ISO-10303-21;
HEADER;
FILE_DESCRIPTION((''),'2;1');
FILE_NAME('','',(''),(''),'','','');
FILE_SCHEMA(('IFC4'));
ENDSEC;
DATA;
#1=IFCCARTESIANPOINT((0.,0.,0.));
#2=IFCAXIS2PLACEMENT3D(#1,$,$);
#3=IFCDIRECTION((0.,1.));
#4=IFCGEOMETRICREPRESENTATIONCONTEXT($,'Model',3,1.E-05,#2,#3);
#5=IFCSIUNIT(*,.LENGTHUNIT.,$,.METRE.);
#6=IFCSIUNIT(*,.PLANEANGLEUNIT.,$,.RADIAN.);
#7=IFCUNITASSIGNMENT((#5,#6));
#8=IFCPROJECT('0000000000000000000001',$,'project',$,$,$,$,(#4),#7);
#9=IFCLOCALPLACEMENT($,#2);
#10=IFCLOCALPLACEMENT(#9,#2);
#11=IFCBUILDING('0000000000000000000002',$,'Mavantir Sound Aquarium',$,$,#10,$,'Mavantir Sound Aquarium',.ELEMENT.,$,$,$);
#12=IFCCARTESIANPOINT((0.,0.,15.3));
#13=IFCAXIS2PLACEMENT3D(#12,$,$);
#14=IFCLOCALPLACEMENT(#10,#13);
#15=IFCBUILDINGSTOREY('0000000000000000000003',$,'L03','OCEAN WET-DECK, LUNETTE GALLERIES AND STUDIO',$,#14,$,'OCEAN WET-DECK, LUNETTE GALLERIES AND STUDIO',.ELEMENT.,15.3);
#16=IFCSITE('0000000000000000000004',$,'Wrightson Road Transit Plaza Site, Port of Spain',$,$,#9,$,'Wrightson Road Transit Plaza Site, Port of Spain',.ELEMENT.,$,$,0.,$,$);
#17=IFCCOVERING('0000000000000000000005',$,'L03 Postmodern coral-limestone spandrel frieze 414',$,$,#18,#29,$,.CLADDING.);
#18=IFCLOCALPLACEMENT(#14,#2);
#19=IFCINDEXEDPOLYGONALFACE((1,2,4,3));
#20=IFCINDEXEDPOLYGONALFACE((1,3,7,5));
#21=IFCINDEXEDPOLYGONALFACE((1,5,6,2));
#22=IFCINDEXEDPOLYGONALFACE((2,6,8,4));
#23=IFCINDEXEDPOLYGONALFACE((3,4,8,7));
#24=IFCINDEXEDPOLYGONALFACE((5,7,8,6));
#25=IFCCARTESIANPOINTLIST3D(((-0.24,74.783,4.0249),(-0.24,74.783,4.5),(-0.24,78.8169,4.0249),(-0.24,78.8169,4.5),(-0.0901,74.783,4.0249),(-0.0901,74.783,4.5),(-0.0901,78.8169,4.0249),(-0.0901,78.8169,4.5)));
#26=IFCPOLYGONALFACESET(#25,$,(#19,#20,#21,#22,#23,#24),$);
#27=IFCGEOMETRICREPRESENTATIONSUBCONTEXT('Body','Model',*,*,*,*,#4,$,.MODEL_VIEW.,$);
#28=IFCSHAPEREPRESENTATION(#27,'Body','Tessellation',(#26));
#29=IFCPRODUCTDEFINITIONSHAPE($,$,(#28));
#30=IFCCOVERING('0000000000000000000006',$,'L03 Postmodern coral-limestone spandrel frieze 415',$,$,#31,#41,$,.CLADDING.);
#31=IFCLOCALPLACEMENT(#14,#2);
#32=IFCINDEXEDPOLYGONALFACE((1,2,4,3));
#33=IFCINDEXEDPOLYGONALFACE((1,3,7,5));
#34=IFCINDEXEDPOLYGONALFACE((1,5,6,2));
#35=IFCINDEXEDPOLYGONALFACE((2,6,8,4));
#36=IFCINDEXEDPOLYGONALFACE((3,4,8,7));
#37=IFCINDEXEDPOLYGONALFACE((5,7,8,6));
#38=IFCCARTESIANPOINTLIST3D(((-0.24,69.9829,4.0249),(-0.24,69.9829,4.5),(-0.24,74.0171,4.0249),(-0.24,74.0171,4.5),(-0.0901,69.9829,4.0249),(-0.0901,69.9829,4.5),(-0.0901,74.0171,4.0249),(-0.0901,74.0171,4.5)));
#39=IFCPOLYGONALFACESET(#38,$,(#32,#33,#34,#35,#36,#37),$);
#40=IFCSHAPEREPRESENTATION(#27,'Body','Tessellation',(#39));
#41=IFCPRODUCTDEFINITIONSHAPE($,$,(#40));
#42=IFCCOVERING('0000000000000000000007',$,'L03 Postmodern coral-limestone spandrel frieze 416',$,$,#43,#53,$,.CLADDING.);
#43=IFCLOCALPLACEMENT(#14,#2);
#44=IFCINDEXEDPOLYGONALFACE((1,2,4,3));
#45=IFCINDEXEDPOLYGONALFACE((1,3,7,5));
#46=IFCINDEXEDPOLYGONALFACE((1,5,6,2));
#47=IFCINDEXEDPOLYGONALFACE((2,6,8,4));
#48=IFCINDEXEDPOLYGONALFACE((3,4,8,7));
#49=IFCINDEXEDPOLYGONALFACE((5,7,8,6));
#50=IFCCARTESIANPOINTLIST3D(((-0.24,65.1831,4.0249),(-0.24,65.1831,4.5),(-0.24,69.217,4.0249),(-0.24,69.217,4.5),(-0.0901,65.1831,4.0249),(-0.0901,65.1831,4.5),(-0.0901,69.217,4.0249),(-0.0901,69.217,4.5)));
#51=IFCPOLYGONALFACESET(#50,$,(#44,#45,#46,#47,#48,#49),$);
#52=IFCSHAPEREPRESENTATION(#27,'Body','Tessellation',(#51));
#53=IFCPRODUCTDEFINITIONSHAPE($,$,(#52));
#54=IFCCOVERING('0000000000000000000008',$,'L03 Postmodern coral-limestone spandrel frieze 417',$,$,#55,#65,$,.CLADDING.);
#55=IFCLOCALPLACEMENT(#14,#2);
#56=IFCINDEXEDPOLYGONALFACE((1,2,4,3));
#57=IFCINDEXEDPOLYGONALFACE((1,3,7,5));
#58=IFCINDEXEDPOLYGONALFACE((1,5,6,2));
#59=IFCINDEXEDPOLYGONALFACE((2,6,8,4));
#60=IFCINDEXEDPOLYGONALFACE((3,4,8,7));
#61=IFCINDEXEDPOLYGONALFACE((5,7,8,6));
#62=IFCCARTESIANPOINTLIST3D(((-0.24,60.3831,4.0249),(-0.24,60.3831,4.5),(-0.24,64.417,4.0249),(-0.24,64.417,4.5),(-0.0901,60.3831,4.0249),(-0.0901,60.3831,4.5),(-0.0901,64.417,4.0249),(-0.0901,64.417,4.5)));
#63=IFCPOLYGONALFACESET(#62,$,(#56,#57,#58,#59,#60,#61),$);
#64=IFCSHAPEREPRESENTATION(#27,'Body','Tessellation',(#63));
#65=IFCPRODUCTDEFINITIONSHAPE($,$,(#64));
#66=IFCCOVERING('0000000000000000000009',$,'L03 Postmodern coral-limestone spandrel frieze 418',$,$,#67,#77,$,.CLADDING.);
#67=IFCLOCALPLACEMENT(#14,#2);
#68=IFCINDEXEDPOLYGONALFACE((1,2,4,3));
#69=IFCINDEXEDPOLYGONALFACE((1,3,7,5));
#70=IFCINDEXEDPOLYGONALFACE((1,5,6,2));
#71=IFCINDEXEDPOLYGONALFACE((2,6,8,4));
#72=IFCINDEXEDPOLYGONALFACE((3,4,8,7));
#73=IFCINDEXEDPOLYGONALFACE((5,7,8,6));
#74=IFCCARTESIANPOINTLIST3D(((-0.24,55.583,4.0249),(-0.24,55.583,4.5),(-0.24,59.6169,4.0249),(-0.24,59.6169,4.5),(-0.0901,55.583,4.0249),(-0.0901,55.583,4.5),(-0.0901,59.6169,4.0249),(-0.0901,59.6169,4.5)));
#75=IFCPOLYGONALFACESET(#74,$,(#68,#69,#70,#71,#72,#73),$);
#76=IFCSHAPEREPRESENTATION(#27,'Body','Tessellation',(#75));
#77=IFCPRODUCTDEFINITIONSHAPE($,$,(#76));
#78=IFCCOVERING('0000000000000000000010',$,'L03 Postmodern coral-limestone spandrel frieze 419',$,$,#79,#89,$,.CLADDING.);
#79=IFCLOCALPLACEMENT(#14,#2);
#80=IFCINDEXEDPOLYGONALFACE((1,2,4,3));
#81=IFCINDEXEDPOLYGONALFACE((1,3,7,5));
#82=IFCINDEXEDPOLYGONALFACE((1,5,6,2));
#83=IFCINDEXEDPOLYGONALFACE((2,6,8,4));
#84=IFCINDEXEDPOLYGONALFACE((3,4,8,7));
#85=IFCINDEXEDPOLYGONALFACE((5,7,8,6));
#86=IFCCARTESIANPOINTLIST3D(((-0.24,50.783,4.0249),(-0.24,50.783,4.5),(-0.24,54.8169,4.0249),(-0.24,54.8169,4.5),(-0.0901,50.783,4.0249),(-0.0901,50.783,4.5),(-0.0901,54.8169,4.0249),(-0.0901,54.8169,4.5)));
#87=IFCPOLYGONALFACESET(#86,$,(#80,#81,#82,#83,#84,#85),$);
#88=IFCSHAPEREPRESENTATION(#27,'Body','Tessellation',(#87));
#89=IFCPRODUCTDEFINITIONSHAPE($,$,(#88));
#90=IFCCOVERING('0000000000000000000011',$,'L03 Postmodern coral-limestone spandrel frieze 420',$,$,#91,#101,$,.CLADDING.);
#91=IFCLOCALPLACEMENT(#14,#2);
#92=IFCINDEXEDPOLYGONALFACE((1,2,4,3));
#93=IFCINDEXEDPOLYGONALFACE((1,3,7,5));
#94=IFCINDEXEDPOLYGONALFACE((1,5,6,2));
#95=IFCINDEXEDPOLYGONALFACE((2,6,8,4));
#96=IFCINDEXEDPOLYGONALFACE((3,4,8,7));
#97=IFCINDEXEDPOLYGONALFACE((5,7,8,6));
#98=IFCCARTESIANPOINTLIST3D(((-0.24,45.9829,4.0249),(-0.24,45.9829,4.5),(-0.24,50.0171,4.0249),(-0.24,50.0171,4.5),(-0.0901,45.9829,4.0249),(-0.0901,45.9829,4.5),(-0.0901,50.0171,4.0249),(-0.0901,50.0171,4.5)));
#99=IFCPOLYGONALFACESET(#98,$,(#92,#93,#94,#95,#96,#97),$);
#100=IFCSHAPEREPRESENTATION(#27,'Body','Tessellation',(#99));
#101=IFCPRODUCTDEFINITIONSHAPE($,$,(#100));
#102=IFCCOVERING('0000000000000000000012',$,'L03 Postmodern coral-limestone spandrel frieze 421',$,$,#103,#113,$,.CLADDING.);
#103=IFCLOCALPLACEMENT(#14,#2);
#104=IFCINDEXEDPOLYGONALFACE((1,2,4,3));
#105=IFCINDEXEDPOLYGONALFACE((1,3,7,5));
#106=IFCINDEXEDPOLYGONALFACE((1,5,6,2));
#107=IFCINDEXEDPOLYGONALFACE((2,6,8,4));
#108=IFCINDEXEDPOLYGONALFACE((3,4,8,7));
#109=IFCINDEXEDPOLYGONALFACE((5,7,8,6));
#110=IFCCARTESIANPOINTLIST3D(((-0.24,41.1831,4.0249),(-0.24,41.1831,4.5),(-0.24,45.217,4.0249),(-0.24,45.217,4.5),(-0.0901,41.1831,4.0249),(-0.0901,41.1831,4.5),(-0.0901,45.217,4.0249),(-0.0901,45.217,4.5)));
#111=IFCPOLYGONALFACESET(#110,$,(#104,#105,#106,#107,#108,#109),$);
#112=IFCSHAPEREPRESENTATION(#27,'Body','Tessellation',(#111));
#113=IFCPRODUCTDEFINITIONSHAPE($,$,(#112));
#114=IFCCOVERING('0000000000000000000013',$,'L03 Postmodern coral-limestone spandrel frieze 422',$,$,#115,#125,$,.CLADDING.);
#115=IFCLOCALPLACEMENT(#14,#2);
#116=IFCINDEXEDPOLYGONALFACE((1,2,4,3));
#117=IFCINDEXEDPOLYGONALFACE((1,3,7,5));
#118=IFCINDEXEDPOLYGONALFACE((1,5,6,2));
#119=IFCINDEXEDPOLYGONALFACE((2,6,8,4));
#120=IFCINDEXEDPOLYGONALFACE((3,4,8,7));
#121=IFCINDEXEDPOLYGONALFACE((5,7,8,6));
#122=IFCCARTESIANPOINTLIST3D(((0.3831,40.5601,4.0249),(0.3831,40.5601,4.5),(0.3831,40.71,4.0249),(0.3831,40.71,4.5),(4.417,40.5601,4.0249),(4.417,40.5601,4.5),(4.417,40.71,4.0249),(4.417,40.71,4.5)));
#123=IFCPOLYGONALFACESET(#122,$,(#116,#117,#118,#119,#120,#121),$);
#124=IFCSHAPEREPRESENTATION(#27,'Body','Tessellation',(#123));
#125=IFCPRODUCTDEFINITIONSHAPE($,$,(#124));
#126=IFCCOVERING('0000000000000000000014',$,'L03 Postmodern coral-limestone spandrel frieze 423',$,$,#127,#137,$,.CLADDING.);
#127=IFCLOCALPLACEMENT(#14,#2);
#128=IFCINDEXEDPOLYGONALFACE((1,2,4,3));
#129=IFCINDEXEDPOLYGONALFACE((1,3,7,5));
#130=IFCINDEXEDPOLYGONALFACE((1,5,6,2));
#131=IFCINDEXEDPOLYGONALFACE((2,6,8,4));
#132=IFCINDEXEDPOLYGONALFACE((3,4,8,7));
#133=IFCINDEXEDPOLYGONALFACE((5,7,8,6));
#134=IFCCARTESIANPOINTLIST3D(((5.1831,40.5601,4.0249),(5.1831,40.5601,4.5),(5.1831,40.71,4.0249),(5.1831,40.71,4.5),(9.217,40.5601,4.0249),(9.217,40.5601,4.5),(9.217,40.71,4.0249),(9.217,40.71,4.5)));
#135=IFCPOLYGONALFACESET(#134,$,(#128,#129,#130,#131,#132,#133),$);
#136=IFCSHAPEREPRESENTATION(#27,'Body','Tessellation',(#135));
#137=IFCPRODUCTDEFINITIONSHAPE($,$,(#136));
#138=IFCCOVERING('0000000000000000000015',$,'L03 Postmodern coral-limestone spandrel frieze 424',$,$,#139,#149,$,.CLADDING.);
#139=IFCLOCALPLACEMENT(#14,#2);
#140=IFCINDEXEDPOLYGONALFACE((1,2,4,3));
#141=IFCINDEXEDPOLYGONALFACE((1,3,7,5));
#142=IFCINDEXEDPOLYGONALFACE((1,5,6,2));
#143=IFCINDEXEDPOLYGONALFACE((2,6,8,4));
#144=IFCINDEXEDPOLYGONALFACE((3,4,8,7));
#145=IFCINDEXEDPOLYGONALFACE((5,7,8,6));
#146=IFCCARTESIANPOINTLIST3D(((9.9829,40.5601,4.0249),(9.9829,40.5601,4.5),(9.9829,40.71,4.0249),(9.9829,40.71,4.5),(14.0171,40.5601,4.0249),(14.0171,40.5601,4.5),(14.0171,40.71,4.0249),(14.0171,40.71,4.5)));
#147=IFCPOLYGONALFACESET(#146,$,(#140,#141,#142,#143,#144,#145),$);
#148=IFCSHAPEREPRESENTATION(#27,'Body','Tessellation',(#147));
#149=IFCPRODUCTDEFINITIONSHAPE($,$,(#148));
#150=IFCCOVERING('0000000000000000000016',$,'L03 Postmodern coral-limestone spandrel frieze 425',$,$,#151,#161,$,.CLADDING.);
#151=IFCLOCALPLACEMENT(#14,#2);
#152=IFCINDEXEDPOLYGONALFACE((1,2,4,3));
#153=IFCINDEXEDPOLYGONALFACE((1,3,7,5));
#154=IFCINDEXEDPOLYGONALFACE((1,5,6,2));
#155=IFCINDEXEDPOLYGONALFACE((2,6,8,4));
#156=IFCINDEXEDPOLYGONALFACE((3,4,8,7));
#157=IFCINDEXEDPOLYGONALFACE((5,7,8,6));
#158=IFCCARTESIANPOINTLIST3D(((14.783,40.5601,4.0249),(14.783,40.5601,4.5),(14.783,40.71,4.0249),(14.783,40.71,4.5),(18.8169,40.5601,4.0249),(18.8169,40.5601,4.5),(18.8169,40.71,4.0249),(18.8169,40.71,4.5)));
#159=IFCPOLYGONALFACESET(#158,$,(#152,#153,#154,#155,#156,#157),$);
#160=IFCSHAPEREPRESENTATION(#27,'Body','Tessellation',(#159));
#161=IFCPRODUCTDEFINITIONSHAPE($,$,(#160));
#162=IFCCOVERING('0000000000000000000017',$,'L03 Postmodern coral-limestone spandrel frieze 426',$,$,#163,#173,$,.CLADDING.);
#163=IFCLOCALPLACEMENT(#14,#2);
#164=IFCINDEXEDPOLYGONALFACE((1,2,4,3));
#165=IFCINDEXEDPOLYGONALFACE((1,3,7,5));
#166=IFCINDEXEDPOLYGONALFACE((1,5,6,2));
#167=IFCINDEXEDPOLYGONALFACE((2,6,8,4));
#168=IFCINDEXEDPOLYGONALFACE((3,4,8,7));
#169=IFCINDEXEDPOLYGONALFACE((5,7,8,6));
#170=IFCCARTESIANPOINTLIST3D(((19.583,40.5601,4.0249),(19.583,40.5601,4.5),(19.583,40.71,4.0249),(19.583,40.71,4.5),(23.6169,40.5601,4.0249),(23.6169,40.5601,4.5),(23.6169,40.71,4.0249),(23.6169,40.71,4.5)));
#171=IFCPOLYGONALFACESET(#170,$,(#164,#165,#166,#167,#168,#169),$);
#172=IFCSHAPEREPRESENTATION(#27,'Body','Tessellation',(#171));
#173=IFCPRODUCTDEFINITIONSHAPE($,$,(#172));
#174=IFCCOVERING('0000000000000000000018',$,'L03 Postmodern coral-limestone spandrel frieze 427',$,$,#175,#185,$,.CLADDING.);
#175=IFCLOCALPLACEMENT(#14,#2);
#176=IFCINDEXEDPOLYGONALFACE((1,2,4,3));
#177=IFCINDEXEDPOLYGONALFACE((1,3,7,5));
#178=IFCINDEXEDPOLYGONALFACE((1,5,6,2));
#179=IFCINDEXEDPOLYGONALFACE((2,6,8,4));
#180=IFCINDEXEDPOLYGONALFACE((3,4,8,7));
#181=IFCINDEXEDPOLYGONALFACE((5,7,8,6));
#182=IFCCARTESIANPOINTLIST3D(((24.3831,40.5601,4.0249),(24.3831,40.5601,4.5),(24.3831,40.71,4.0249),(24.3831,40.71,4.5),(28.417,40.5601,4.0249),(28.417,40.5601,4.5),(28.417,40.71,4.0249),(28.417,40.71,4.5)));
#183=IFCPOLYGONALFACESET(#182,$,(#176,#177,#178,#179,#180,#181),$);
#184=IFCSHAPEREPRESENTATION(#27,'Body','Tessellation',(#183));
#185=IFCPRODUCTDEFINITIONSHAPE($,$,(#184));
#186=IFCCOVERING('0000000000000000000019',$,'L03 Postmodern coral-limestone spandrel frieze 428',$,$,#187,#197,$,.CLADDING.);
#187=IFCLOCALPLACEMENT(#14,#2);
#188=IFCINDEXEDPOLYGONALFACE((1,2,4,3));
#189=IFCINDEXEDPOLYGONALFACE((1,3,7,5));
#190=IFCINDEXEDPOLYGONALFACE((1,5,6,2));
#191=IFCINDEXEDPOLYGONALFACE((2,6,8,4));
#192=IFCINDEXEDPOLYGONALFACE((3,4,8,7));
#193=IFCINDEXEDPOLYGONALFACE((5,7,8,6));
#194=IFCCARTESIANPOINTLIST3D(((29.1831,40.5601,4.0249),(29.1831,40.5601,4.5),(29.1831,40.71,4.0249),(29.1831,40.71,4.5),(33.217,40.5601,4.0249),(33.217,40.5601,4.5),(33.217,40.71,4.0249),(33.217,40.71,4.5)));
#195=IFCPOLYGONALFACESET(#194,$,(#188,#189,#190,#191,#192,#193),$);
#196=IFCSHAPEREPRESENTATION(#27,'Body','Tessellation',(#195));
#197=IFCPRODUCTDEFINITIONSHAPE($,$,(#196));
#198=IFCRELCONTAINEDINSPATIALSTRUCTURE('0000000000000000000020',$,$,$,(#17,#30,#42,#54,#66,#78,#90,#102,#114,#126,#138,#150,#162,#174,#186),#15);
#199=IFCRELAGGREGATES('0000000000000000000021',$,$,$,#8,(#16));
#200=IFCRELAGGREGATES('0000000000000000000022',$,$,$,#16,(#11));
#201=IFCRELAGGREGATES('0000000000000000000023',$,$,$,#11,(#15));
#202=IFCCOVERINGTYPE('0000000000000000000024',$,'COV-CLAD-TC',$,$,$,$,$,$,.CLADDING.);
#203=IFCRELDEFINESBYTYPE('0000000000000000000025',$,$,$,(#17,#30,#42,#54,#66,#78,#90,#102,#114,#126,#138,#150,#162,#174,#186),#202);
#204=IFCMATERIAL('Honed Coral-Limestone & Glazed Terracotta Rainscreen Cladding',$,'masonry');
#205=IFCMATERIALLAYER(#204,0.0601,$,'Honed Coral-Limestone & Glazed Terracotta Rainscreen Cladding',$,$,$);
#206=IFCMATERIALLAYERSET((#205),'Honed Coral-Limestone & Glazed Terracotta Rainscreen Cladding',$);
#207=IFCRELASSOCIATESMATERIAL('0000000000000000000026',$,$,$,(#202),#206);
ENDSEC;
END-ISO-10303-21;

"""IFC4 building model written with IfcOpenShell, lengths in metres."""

from ifc_helpers import new_model, si_unit, direction, frame, origin, place, context, subcontext, project, spatial, polyline, outline, extrude, material, layer, layer_set, type_object, element, save


model = new_model("IFC4")

# Units and contexts
model_context = context("Model", 3, precision=1e-05, world=origin(), true_north=direction((0.0, 1.0)))
body_context = subcontext(model_context, "Body", "Model", "MODEL_VIEW")
ifc_project = project(units=[si_unit("LENGTHUNIT", "METRE"), si_unit("PLANEANGLEUNIT", "RADIAN")], contexts=[model_context])

# Site, building, storey
site_placement = place(None, origin())
site = spatial("IfcSite", under=ifc_project, at=site_placement, Name="Wrightson Road Transit Plaza Site, Port of Spain", LongName="Wrightson Road Transit Plaza Site, Port of Spain", CompositionType="ELEMENT", RefElevation=0.0)
building_placement = place(site_placement, origin())
building = spatial("IfcBuilding", under=site, at=building_placement, Name="Mavantir Sound Aquarium", LongName="Mavantir Sound Aquarium", CompositionType="ELEMENT")
storey_placement = place(building_placement, frame((0.0, 0.0, 15.3)))
storey = spatial("IfcBuildingStorey", under=building, at=storey_placement, Name="L03", Description="OCEAN WET-DECK, LUNETTE GALLERIES AND STUDIO", LongName="OCEAN WET-DECK, LUNETTE GALLERIES AND STUDIO", CompositionType="ELEMENT", Elevation=15.3)

# Coverings
ifc_material = material(Name="Honed Coral-Limestone & Glazed Terracotta Rainscreen Cladding", Category="masonry")
ifc_layer = layer(ifc_material, 0.0601, Name="Honed Coral-Limestone & Glazed Terracotta Rainscreen Cladding")
ifc_layer_set = layer_set([ifc_layer], Name="Honed Coral-Limestone & Glazed Terracotta Rainscreen Cladding")
covering_type = type_object("IfcCoveringType", Name="COV-CLAD-TC", PredefinedType="CLADDING", material=ifc_layer_set)
covering_1_placement = place(storey_placement, frame((0.0, 0.0, 4.0249)))
element("IfcCovering", 1, at=covering_1_placement, inside=storey, type_object=covering_type, Name="L03 Postmodern coral-limestone spandrel frieze 414", PredefinedType="CLADDING", context=body_context, shape_type="SweptSolid", body=[
    extrude(outline(polyline([(-0.0901, 78.8169), (-0.0901, 74.783), (-0.24, 74.783), (-0.24, 78.8169), (-0.0901, 78.8169)])), origin(), (0.0, 0.0, 1.0), 0.4751),
])
covering_2_placement = place(storey_placement, frame((0.0, 0.0, 4.0249)))
element("IfcCovering", 2, at=covering_2_placement, inside=storey, type_object=covering_type, Name="L03 Postmodern coral-limestone spandrel frieze 415", PredefinedType="CLADDING", context=body_context, shape_type="SweptSolid", body=[
    extrude(outline(polyline([(-0.0901, 74.0171), (-0.0901, 69.9829), (-0.24, 69.9829), (-0.24, 74.0171), (-0.0901, 74.0171)])), origin(), (0.0, 0.0, 1.0), 0.4751),
])
covering_3_placement = place(storey_placement, frame((0.0, 0.0, 4.0249)))
element("IfcCovering", 3, at=covering_3_placement, inside=storey, type_object=covering_type, Name="L03 Postmodern coral-limestone spandrel frieze 416", PredefinedType="CLADDING", context=body_context, shape_type="SweptSolid", body=[
    extrude(outline(polyline([(-0.0901, 69.217), (-0.0901, 65.1831), (-0.24, 65.1831), (-0.24, 69.217), (-0.0901, 69.217)])), origin(), (0.0, 0.0, 1.0), 0.4751),
])
covering_4_placement = place(storey_placement, frame((0.0, 0.0, 4.0249)))
element("IfcCovering", 4, at=covering_4_placement, inside=storey, type_object=covering_type, Name="L03 Postmodern coral-limestone spandrel frieze 417", PredefinedType="CLADDING", context=body_context, shape_type="SweptSolid", body=[
    extrude(outline(polyline([(-0.0901, 64.417), (-0.0901, 60.3831), (-0.24, 60.3831), (-0.24, 64.417), (-0.0901, 64.417)])), origin(), (0.0, 0.0, 1.0), 0.4751),
])
covering_5_placement = place(storey_placement, frame((0.0, 0.0, 4.0249)))
element("IfcCovering", 5, at=covering_5_placement, inside=storey, type_object=covering_type, Name="L03 Postmodern coral-limestone spandrel frieze 418", PredefinedType="CLADDING", context=body_context, shape_type="SweptSolid", body=[
    extrude(outline(polyline([(-0.0901, 59.6169), (-0.0901, 55.583), (-0.24, 55.583), (-0.24, 59.6169), (-0.0901, 59.6169)])), origin(), (0.0, 0.0, 1.0), 0.4751),
])
covering_6_placement = place(storey_placement, frame((0.0, 0.0, 4.0249)))
element("IfcCovering", 6, at=covering_6_placement, inside=storey, type_object=covering_type, Name="L03 Postmodern coral-limestone spandrel frieze 419", PredefinedType="CLADDING", context=body_context, shape_type="SweptSolid", body=[
    extrude(outline(polyline([(-0.0901, 54.8169), (-0.0901, 50.783), (-0.24, 50.783), (-0.24, 54.8169), (-0.0901, 54.8169)])), origin(), (0.0, 0.0, 1.0), 0.4751),
])
covering_7_placement = place(storey_placement, frame((0.0, 0.0, 4.0249)))
element("IfcCovering", 7, at=covering_7_placement, inside=storey, type_object=covering_type, Name="L03 Postmodern coral-limestone spandrel frieze 420", PredefinedType="CLADDING", context=body_context, shape_type="SweptSolid", body=[
    extrude(outline(polyline([(-0.0901, 50.0171), (-0.0901, 45.9829), (-0.24, 45.9829), (-0.24, 50.0171), (-0.0901, 50.0171)])), origin(), (0.0, 0.0, 1.0), 0.4751),
])
covering_8_placement = place(storey_placement, frame((0.0, 0.0, 4.0249)))
element("IfcCovering", 8, at=covering_8_placement, inside=storey, type_object=covering_type, Name="L03 Postmodern coral-limestone spandrel frieze 421", PredefinedType="CLADDING", context=body_context, shape_type="SweptSolid", body=[
    extrude(outline(polyline([(-0.0901, 45.217), (-0.0901, 41.1831), (-0.24, 41.1831), (-0.24, 45.217), (-0.0901, 45.217)])), origin(), (0.0, 0.0, 1.0), 0.4751),
])
covering_9_placement = place(storey_placement, frame((0.0, 0.0, 4.0249)))
element("IfcCovering", 9, at=covering_9_placement, inside=storey, type_object=covering_type, Name="L03 Postmodern coral-limestone spandrel frieze 422", PredefinedType="CLADDING", context=body_context, shape_type="SweptSolid", body=[
    extrude(outline(polyline([(0.3831, 40.71), (4.417, 40.71), (4.417, 40.5601), (0.3831, 40.5601), (0.3831, 40.71)])), origin(), (0.0, 0.0, 1.0), 0.4751),
])
covering_10_placement = place(storey_placement, frame((0.0, 0.0, 4.0249)))
element("IfcCovering", 10, at=covering_10_placement, inside=storey, type_object=covering_type, Name="L03 Postmodern coral-limestone spandrel frieze 423", PredefinedType="CLADDING", context=body_context, shape_type="SweptSolid", body=[
    extrude(outline(polyline([(5.1831, 40.71), (9.217, 40.71), (9.217, 40.5601), (5.1831, 40.5601), (5.1831, 40.71)])), origin(), (0.0, 0.0, 1.0), 0.4751),
])
covering_11_placement = place(storey_placement, frame((0.0, 0.0, 4.0249)))
element("IfcCovering", 11, at=covering_11_placement, inside=storey, type_object=covering_type, Name="L03 Postmodern coral-limestone spandrel frieze 424", PredefinedType="CLADDING", context=body_context, shape_type="SweptSolid", body=[
    extrude(outline(polyline([(9.9829, 40.71), (14.0171, 40.71), (14.0171, 40.5601), (9.9829, 40.5601), (9.9829, 40.71)])), origin(), (0.0, 0.0, 1.0), 0.4751),
])
covering_12_placement = place(storey_placement, frame((0.0, 0.0, 4.0249)))
element("IfcCovering", 12, at=covering_12_placement, inside=storey, type_object=covering_type, Name="L03 Postmodern coral-limestone spandrel frieze 425", PredefinedType="CLADDING", context=body_context, shape_type="SweptSolid", body=[
    extrude(outline(polyline([(14.783, 40.71), (18.8169, 40.71), (18.8169, 40.5601), (14.783, 40.5601), (14.783, 40.71)])), origin(), (0.0, 0.0, 1.0), 0.4751),
])
covering_13_placement = place(storey_placement, frame((0.0, 0.0, 4.0249)))
element("IfcCovering", 13, at=covering_13_placement, inside=storey, type_object=covering_type, Name="L03 Postmodern coral-limestone spandrel frieze 426", PredefinedType="CLADDING", context=body_context, shape_type="SweptSolid", body=[
    extrude(outline(polyline([(19.583, 40.71), (23.6169, 40.71), (23.6169, 40.5601), (19.583, 40.5601), (19.583, 40.71)])), origin(), (0.0, 0.0, 1.0), 0.4751),
])
covering_14_placement = place(storey_placement, frame((0.0, 0.0, 4.0249)))
element("IfcCovering", 14, at=covering_14_placement, inside=storey, type_object=covering_type, Name="L03 Postmodern coral-limestone spandrel frieze 427", PredefinedType="CLADDING", context=body_context, shape_type="SweptSolid", body=[
    extrude(outline(polyline([(24.3831, 40.71), (28.417, 40.71), (28.417, 40.5601), (24.3831, 40.5601), (24.3831, 40.71)])), origin(), (0.0, 0.0, 1.0), 0.4751),
])
covering_15_placement = place(storey_placement, frame((0.0, 0.0, 4.0249)))
element("IfcCovering", 15, at=covering_15_placement, inside=storey, type_object=covering_type, Name="L03 Postmodern coral-limestone spandrel frieze 428", PredefinedType="CLADDING", context=body_context, shape_type="SweptSolid", body=[
    extrude(outline(polyline([(29.1831, 40.71), (33.217, 40.71), (33.217, 40.5601), (29.1831, 40.5601), (29.1831, 40.71)])), origin(), (0.0, 0.0, 1.0), 0.4751),
])

save(model, "model.ifc")
